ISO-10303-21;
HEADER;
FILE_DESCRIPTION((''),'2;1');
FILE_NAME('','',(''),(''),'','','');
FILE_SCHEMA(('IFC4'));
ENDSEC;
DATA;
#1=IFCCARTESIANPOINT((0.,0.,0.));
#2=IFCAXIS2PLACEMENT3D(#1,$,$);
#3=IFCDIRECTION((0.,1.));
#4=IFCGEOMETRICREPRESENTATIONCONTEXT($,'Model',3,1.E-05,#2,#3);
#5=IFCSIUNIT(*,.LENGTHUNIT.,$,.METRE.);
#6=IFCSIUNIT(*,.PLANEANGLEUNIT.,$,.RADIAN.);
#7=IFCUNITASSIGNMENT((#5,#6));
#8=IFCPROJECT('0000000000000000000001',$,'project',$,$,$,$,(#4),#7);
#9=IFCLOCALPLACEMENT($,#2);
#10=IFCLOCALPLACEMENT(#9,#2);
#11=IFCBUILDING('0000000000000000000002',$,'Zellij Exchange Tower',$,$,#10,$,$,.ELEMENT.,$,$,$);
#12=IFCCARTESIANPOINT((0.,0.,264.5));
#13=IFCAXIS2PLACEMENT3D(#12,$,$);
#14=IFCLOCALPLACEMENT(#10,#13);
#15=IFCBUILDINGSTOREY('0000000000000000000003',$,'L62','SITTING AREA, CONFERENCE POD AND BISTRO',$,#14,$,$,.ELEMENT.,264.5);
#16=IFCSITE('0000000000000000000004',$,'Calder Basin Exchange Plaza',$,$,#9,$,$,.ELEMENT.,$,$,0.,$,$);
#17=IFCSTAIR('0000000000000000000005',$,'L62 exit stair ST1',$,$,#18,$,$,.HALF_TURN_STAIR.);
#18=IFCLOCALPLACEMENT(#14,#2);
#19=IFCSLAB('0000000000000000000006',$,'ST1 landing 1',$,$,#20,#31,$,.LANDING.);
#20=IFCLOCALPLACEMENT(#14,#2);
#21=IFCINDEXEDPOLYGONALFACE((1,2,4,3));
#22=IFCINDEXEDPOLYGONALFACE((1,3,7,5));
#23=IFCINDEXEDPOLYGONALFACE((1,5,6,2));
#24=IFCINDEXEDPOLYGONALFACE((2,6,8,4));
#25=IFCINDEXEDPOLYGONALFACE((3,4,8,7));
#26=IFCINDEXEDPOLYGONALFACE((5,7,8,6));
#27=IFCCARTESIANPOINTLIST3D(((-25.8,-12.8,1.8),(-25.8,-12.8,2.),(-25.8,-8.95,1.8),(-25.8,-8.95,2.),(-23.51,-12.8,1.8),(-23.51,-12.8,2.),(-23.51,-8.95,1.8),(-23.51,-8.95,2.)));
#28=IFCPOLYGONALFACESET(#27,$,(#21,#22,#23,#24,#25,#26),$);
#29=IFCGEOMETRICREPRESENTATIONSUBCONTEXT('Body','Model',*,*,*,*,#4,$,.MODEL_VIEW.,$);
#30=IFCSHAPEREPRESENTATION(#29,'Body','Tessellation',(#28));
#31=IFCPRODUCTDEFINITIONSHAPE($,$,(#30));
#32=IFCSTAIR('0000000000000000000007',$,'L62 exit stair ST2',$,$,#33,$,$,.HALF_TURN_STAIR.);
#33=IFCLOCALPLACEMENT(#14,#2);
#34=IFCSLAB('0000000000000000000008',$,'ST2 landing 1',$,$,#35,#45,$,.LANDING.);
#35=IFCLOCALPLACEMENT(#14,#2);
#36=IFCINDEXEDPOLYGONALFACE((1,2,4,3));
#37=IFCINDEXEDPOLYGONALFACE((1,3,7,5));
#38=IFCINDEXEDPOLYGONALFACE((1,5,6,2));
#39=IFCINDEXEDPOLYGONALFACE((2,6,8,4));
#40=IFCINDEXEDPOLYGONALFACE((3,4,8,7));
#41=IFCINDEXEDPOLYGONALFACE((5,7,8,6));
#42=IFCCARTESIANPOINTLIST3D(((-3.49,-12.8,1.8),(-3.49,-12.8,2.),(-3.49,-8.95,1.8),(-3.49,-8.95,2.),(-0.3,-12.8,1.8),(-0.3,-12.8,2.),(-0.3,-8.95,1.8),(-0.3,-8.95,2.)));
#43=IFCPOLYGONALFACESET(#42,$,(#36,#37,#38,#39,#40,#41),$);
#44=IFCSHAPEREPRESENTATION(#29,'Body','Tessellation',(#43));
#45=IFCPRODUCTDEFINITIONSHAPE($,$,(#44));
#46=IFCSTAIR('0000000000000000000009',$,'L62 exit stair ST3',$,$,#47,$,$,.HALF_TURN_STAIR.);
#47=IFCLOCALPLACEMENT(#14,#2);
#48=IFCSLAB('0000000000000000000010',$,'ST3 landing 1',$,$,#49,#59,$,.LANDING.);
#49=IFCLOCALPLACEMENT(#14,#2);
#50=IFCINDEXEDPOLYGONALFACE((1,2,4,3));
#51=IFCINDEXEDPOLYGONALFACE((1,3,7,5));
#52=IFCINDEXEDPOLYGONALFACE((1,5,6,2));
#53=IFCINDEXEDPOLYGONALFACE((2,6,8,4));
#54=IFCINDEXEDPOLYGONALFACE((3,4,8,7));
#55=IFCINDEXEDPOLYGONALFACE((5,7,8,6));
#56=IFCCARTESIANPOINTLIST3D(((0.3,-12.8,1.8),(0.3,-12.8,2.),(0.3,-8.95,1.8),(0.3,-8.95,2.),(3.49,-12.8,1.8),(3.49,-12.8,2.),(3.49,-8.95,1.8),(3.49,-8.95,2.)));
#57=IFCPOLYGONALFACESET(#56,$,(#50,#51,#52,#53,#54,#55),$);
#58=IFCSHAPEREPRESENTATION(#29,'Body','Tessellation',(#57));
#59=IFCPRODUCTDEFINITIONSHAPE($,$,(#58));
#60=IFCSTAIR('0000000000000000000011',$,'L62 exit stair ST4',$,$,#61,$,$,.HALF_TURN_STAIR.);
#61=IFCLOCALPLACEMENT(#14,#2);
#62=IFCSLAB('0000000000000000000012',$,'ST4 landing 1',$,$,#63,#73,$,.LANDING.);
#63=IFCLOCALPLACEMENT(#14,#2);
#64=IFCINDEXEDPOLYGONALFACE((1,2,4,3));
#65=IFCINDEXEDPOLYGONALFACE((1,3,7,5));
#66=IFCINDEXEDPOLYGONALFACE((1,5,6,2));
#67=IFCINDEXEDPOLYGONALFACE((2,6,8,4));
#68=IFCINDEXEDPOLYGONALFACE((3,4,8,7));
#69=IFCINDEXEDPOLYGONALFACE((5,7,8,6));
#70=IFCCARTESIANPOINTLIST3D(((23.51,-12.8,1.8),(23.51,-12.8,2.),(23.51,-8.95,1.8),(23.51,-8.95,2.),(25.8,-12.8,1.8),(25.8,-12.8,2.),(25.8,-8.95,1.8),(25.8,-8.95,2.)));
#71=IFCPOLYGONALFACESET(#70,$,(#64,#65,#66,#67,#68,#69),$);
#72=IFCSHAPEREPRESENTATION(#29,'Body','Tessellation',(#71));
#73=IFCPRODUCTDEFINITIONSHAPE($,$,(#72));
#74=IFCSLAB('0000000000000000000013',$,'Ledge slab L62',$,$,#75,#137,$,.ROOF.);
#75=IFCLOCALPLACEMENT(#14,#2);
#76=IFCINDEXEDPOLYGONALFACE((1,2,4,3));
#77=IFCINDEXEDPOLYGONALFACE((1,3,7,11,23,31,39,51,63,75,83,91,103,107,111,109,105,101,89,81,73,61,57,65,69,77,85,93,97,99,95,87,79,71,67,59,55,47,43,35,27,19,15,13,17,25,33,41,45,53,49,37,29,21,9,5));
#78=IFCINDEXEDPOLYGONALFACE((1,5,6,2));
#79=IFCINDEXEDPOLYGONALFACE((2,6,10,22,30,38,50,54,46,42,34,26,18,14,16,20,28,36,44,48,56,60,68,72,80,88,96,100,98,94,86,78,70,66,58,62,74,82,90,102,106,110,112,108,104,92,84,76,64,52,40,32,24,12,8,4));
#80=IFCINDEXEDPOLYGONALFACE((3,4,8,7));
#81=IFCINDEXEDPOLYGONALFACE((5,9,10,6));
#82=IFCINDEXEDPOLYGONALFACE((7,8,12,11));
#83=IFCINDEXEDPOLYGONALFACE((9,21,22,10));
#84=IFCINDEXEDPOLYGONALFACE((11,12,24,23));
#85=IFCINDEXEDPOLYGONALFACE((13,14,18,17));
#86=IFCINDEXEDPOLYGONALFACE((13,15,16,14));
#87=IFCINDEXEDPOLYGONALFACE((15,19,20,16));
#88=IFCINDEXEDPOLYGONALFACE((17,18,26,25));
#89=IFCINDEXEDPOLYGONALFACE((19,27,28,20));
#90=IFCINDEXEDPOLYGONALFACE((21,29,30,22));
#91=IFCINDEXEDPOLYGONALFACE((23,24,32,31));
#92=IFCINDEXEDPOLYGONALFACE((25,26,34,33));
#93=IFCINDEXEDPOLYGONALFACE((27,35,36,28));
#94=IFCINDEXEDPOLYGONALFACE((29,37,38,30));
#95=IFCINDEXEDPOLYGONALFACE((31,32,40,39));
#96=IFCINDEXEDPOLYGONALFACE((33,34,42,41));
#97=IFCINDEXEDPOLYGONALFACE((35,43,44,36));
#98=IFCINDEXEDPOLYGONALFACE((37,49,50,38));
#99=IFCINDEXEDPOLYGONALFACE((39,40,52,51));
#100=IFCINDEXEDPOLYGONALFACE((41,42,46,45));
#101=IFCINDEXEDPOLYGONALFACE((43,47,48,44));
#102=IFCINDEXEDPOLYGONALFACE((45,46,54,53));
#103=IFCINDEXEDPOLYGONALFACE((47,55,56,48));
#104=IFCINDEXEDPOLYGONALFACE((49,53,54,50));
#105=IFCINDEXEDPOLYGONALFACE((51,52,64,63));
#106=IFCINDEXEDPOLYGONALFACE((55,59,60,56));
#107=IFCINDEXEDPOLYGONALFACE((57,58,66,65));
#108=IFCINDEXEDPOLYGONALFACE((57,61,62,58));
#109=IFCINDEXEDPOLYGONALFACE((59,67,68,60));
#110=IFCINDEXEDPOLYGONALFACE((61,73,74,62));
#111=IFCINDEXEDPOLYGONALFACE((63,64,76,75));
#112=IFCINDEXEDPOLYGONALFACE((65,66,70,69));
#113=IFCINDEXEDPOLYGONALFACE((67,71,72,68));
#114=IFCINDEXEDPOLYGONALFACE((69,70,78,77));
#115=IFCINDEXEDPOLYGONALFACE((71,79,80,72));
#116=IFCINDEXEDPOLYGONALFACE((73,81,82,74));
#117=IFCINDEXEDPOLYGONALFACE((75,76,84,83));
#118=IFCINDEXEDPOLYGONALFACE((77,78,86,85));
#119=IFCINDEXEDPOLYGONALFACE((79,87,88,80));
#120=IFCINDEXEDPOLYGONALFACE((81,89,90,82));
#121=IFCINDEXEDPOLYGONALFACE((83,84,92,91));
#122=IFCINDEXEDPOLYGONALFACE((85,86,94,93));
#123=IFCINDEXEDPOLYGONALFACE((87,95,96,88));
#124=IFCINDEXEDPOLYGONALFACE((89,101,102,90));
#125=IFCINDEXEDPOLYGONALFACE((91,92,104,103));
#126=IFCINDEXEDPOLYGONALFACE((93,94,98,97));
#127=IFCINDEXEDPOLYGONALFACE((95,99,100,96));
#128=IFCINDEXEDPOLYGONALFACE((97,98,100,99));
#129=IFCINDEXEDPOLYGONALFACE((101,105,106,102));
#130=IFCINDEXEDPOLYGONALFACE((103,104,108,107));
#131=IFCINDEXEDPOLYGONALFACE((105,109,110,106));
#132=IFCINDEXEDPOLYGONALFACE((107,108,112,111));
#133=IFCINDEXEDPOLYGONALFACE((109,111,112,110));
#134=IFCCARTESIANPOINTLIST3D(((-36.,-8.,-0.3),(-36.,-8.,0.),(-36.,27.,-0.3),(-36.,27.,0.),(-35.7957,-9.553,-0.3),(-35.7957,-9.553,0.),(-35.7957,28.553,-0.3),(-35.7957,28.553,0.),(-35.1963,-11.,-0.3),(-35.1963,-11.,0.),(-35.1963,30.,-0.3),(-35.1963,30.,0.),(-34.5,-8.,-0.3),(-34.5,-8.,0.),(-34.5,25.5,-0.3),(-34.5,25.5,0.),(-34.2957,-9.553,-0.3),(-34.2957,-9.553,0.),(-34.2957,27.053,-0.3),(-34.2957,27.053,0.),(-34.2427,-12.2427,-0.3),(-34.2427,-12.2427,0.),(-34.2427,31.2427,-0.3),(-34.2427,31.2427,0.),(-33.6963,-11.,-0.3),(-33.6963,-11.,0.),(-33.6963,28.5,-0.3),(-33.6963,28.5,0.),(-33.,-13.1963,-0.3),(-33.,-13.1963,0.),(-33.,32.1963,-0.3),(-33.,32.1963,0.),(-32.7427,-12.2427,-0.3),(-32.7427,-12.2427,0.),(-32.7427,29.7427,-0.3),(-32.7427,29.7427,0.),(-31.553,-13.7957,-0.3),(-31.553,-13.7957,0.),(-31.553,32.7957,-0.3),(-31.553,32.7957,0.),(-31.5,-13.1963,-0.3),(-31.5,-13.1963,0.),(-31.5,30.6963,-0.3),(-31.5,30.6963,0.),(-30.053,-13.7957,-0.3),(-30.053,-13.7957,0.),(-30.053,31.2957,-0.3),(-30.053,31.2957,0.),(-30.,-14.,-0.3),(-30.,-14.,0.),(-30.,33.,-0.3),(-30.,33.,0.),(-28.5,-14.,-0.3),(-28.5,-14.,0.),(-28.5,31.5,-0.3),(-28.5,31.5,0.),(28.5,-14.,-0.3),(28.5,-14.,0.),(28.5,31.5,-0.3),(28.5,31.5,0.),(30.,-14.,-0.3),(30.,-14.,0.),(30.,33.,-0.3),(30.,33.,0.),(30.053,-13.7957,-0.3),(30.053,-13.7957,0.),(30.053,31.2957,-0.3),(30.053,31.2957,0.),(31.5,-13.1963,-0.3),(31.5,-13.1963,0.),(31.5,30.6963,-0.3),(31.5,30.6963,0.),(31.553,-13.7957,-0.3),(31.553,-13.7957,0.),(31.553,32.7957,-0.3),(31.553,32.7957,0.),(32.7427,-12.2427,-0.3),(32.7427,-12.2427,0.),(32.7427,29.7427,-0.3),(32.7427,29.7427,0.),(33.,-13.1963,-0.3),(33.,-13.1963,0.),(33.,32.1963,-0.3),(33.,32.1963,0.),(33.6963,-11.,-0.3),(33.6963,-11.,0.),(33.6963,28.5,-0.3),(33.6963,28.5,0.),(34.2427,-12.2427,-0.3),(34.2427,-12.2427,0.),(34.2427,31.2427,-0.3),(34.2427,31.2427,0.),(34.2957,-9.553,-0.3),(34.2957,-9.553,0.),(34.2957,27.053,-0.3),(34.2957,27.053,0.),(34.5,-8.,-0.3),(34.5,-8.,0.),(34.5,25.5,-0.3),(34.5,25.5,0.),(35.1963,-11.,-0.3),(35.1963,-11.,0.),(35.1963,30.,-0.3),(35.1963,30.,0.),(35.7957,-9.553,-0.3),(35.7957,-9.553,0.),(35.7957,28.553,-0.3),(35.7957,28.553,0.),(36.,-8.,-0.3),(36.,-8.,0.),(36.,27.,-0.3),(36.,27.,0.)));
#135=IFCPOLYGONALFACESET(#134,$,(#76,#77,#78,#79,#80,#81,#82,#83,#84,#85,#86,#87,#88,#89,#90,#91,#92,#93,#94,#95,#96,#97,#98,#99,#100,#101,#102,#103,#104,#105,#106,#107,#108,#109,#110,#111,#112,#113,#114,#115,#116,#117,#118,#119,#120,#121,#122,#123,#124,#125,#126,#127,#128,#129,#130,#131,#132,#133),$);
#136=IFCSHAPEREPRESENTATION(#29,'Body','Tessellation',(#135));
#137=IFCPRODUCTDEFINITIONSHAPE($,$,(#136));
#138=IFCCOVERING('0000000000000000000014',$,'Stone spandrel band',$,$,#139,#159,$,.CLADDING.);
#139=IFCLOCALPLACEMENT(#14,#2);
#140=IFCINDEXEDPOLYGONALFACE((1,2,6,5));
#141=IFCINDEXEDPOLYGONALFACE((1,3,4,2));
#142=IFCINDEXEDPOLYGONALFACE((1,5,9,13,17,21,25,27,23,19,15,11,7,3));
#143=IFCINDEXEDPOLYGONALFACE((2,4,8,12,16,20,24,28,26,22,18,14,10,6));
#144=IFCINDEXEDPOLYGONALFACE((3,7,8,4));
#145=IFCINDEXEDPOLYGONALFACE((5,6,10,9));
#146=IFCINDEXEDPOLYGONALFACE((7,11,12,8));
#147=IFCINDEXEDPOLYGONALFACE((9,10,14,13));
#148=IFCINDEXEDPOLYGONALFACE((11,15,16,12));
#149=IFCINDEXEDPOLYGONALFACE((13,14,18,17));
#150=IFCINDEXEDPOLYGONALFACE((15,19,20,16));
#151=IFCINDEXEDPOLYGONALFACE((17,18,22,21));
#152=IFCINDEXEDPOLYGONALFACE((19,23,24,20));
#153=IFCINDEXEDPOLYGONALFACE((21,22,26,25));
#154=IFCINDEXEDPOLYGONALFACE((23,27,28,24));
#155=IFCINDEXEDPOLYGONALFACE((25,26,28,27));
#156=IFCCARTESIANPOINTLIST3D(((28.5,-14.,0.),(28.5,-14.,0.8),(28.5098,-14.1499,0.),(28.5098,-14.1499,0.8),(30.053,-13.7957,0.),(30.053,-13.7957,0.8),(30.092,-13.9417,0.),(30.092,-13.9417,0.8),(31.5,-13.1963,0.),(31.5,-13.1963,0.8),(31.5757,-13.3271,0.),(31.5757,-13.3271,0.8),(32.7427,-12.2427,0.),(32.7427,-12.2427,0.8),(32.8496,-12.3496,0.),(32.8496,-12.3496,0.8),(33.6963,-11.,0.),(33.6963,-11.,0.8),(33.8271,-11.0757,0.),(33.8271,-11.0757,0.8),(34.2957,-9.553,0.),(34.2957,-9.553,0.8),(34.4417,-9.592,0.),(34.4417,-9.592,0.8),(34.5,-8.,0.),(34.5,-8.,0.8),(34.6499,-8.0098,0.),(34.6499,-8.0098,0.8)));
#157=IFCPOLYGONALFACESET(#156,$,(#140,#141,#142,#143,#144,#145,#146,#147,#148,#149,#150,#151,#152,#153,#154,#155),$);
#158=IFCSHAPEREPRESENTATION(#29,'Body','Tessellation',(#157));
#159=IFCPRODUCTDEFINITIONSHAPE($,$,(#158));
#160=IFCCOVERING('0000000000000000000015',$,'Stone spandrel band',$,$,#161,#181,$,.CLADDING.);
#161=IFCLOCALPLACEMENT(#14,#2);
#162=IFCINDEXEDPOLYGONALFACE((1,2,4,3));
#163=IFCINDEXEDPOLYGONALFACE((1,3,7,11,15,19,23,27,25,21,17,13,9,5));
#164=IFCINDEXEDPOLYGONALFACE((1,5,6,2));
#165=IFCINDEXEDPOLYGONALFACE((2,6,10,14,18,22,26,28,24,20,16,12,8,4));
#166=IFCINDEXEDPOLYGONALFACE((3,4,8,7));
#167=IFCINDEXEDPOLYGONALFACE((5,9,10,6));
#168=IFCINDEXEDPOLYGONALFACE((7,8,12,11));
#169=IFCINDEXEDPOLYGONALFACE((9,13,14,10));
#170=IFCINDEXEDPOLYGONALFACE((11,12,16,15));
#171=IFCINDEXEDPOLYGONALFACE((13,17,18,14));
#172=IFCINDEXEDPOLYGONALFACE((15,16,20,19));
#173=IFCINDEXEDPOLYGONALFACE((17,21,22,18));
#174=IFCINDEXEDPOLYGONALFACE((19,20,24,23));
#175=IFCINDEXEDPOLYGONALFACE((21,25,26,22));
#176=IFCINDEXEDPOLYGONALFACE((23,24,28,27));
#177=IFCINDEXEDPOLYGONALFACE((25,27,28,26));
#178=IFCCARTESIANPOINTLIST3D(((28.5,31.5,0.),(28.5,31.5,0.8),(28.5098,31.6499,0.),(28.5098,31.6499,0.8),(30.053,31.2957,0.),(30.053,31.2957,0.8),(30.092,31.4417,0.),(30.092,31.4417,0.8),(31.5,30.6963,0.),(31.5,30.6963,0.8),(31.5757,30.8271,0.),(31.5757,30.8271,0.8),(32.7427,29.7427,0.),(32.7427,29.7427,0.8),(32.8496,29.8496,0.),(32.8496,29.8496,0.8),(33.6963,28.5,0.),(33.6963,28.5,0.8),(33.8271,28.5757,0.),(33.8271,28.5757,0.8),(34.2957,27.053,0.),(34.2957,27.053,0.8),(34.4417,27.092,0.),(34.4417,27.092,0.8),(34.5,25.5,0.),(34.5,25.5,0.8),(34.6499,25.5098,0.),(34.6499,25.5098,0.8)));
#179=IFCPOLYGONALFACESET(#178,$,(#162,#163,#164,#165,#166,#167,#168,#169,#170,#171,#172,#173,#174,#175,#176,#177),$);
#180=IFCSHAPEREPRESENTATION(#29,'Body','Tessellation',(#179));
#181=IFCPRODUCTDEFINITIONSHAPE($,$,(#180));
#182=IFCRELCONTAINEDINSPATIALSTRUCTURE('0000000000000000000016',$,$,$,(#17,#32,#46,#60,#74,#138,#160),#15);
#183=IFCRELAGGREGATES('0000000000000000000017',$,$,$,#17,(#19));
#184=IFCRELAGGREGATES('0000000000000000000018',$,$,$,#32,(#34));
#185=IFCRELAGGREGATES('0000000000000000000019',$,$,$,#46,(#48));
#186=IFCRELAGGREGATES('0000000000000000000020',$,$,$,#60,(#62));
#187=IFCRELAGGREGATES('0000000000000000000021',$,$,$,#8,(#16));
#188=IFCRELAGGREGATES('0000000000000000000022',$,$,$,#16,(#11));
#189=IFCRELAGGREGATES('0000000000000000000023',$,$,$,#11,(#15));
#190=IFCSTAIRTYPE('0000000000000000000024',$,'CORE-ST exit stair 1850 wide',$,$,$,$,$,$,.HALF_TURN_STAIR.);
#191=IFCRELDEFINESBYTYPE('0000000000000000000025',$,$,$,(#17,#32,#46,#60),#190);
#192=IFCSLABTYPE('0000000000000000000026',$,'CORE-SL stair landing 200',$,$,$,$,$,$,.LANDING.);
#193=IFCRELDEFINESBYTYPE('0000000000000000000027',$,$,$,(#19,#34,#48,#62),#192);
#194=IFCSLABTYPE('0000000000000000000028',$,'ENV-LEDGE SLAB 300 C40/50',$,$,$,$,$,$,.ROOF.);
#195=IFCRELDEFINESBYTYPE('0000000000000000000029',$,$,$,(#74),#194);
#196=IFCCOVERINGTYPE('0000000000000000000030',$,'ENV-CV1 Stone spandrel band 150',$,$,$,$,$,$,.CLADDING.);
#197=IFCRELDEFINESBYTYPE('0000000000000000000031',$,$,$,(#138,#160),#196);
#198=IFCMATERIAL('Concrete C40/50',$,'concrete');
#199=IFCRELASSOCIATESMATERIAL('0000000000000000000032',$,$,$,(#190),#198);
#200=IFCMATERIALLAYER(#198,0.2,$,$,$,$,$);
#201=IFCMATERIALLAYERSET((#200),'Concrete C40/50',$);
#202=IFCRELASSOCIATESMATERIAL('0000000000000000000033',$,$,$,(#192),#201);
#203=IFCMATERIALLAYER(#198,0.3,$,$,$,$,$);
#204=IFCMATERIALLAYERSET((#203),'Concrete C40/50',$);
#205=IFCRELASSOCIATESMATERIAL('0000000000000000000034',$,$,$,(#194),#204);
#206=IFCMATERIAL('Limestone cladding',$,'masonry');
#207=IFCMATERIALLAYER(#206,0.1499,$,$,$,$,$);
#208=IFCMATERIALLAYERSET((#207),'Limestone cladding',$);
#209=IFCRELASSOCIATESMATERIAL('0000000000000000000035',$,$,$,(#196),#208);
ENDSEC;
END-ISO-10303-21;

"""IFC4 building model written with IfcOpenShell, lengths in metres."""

from ifc_helpers import new_model, si_unit, direction, frame, origin, place, context, subcontext, project, spatial, polyline, outline, extrude, material, layer, layer_set, type_object, element, aggregate, save


model = new_model("IFC4")

# Units and contexts
model_context = context("Model", 3, precision=1e-05, world=origin(), true_north=direction((0.0, 1.0)))
body_context = subcontext(model_context, "Body", "Model", "MODEL_VIEW")
ifc_project = project(units=[si_unit("LENGTHUNIT", "METRE"), si_unit("PLANEANGLEUNIT", "RADIAN")], contexts=[model_context])

# Site, building, storey
site_placement = place(None, origin())
site = spatial("IfcSite", under=ifc_project, at=site_placement, Name="Calder Basin Exchange Plaza", CompositionType="ELEMENT", RefElevation=0.0)
building_placement = place(site_placement, origin())
building = spatial("IfcBuilding", under=site, at=building_placement, Name="Zellij Exchange Tower", CompositionType="ELEMENT")
storey_placement = place(building_placement, frame((0.0, 0.0, 264.5)))
storey = spatial("IfcBuildingStorey", under=building, at=storey_placement, Name="L62", Description="SITTING AREA, CONFERENCE POD AND BISTRO", CompositionType="ELEMENT", Elevation=264.5)

# Stairs, slabs
ifc_material_1 = material(Name="Concrete C40/50", Category="concrete")
stair_type = type_object("IfcStairType", Name="CORE-ST exit stair 1850 wide", PredefinedType="HALF_TURN_STAIR", material=ifc_material_1)
stair_1_placement = place(storey_placement, origin())
stair_1 = element("IfcStair", 1, at=stair_1_placement, inside=storey, type_object=stair_type, Name="L62 exit stair ST1", PredefinedType="HALF_TURN_STAIR")
ifc_layer_1 = layer(ifc_material_1, 0.2)
ifc_layer_set_1 = layer_set([ifc_layer_1], Name="Concrete C40/50")
slab_type_1 = type_object("IfcSlabType", Name="CORE-SL stair landing 200", PredefinedType="LANDING", material=ifc_layer_set_1)
slab_1_placement = place(storey_placement, frame((0.0, 0.0, 1.8)))
slab_1 = element("IfcSlab", 2, at=slab_1_placement, type_object=slab_type_1, Name="ST1 landing 1", PredefinedType="LANDING", context=body_context, shape_type="SweptSolid", body=[
    extrude(outline(polyline([(-23.51, -8.95), (-25.8, -8.95), (-25.8, -12.8), (-23.51, -12.8), (-23.51, -8.95)])), origin(), (0.0, 0.0, 1.0), 0.2),
])
aggregate(stair_1, [slab_1])
stair_2_placement = place(storey_placement, origin())
stair_2 = element("IfcStair", 3, at=stair_2_placement, inside=storey, type_object=stair_type, Name="L62 exit stair ST2", PredefinedType="HALF_TURN_STAIR")
slab_2_placement = place(storey_placement, frame((0.0, 0.0, 1.8)))
slab_2 = element("IfcSlab", 4, at=slab_2_placement, type_object=slab_type_1, Name="ST2 landing 1", PredefinedType="LANDING", context=body_context, shape_type="SweptSolid", body=[
    extrude(outline(polyline([(-3.49, -12.8), (-0.3, -12.8), (-0.3, -8.95), (-3.49, -8.95), (-3.49, -12.8)])), origin(), (0.0, 0.0, 1.0), 0.2),
])
aggregate(stair_2, [slab_2])
stair_3_placement = place(storey_placement, origin())
stair_3 = element("IfcStair", 5, at=stair_3_placement, inside=storey, type_object=stair_type, Name="L62 exit stair ST3", PredefinedType="HALF_TURN_STAIR")
slab_3_placement = place(storey_placement, frame((0.0, 0.0, 1.8)))
slab_3 = element("IfcSlab", 6, at=slab_3_placement, type_object=slab_type_1, Name="ST3 landing 1", PredefinedType="LANDING", context=body_context, shape_type="SweptSolid", body=[
    extrude(outline(polyline([(3.49, -8.95), (0.3, -8.95), (0.3, -12.8), (3.49, -12.8), (3.49, -8.95)])), origin(), (0.0, 0.0, 1.0), 0.2),
])
aggregate(stair_3, [slab_3])
stair_4_placement = place(storey_placement, origin())
stair_4 = element("IfcStair", 7, at=stair_4_placement, inside=storey, type_object=stair_type, Name="L62 exit stair ST4", PredefinedType="HALF_TURN_STAIR")
slab_4_placement = place(storey_placement, frame((0.0, 0.0, 1.8)))
slab_4 = element("IfcSlab", 8, at=slab_4_placement, type_object=slab_type_1, Name="ST4 landing 1", PredefinedType="LANDING", context=body_context, shape_type="SweptSolid", body=[
    extrude(outline(polyline([(23.51, -12.8), (25.8, -12.8), (25.8, -8.95), (23.51, -8.95), (23.51, -12.8)])), origin(), (0.0, 0.0, 1.0), 0.2),
])
aggregate(stair_4, [slab_4])

# Slab
ifc_layer_2 = layer(ifc_material_1, 0.3)
ifc_layer_set_2 = layer_set([ifc_layer_2], Name="Concrete C40/50")
slab_type_2 = type_object("IfcSlabType", Name="ENV-LEDGE SLAB 300 C40/50", PredefinedType="ROOF", material=ifc_layer_set_2)
slab_5_placement = place(storey_placement, frame((0.0, 0.0, -0.3)))
element("IfcSlab", 9, at=slab_5_placement, inside=storey, type_object=slab_type_2, Name="Ledge slab L62", PredefinedType="ROOF", context=body_context, shape_type="SweptSolid", body=[
    extrude(outline(polyline([(-34.2427, -12.2427), (-33.0, -13.1963), (-31.553, -13.7957), (-30.0, -14.0), (-28.5, -14.0), (-30.053, -13.7957), (-31.5, -13.1963), (-32.7427, -12.2427), (-33.6963, -11.0), (-34.2957, -9.553), (-34.5, -8.0), (-34.5, 25.5), (-34.2957, 27.053), (-33.6963, 28.5), (-32.7427, 29.7427), (-31.5, 30.6963), (-30.053, 31.2957), (-28.5, 31.5), (28.5, 31.5), (30.053, 31.2957), (31.5, 30.6963), (32.7427, 29.7427), (33.6963, 28.5), (34.2957, 27.053), (34.5, 25.5), (34.5, -8.0), (34.2957, -9.553), (33.6963, -11.0), (32.7427, -12.2427), (31.5, -13.1963), (30.053, -13.7957), (28.5, -14.0), (30.0, -14.0), (31.553, -13.7957), (33.0, -13.1963), (34.2427, -12.2427), (35.1963, -11.0), (35.7957, -9.553), (36.0, -8.0), (36.0, 27.0), (35.7957, 28.553), (35.1963, 30.0), (34.2427, 31.2427), (33.0, 32.1963), (31.553, 32.7957), (30.0, 33.0), (-30.0, 33.0), (-31.553, 32.7957), (-33.0, 32.1963), (-34.2427, 31.2427), (-35.1963, 30.0), (-35.7957, 28.553), (-36.0, 27.0), (-36.0, -8.0), (-35.7957, -9.553), (-35.1963, -11.0), (-34.2427, -12.2427)])), origin(), (0.0, 0.0, 1.0), 0.3),
])

# Coverings
ifc_material_2 = material(Name="Limestone cladding", Category="masonry")
ifc_layer_3 = layer(ifc_material_2, 0.1499)
ifc_layer_set_3 = layer_set([ifc_layer_3], Name="Limestone cladding")
covering_type_1 = type_object("IfcCoveringType", Name="ENV-CV1 Stone spandrel band 150", PredefinedType="CLADDING", material=ifc_layer_set_3)
covering_1_placement = place(storey_placement, origin())
element("IfcCovering", 10, at=covering_1_placement, inside=storey, type_object=covering_type_1, Name="Stone spandrel band", PredefinedType="CLADDING", context=body_context, shape_type="SweptSolid", body=[
    extrude(outline(polyline([(28.5, -14.0), (30.053, -13.7957), (31.5, -13.1963), (32.7427, -12.2427), (33.6963, -11.0), (34.2957, -9.553), (34.5, -8.0), (34.6499, -8.0098), (34.4417, -9.592), (33.8271, -11.0757), (32.8496, -12.3496), (31.5757, -13.3271), (30.092, -13.9417), (28.5098, -14.1499), (28.5, -14.0)])), origin(), (0.0, 0.0, 1.0), 0.8),
])
covering_2_placement = place(storey_placement, origin())
element("IfcCovering", 11, at=covering_2_placement, inside=storey, type_object=covering_type_1, Name="Stone spandrel band", PredefinedType="CLADDING", context=body_context, shape_type="SweptSolid", body=[
    extrude(outline(polyline([(34.5, 25.5), (34.2957, 27.053), (33.6963, 28.5), (32.7427, 29.7427), (31.5, 30.6963), (30.053, 31.2957), (28.5, 31.5), (28.5098, 31.6499), (30.092, 31.4417), (31.5757, 30.8271), (32.8496, 29.8496), (33.8271, 28.5757), (34.4417, 27.092), (34.6499, 25.5098), (34.5, 25.5)])), origin(), (0.0, 0.0, 1.0), 0.8),
])

save(model, "model.ifc")
